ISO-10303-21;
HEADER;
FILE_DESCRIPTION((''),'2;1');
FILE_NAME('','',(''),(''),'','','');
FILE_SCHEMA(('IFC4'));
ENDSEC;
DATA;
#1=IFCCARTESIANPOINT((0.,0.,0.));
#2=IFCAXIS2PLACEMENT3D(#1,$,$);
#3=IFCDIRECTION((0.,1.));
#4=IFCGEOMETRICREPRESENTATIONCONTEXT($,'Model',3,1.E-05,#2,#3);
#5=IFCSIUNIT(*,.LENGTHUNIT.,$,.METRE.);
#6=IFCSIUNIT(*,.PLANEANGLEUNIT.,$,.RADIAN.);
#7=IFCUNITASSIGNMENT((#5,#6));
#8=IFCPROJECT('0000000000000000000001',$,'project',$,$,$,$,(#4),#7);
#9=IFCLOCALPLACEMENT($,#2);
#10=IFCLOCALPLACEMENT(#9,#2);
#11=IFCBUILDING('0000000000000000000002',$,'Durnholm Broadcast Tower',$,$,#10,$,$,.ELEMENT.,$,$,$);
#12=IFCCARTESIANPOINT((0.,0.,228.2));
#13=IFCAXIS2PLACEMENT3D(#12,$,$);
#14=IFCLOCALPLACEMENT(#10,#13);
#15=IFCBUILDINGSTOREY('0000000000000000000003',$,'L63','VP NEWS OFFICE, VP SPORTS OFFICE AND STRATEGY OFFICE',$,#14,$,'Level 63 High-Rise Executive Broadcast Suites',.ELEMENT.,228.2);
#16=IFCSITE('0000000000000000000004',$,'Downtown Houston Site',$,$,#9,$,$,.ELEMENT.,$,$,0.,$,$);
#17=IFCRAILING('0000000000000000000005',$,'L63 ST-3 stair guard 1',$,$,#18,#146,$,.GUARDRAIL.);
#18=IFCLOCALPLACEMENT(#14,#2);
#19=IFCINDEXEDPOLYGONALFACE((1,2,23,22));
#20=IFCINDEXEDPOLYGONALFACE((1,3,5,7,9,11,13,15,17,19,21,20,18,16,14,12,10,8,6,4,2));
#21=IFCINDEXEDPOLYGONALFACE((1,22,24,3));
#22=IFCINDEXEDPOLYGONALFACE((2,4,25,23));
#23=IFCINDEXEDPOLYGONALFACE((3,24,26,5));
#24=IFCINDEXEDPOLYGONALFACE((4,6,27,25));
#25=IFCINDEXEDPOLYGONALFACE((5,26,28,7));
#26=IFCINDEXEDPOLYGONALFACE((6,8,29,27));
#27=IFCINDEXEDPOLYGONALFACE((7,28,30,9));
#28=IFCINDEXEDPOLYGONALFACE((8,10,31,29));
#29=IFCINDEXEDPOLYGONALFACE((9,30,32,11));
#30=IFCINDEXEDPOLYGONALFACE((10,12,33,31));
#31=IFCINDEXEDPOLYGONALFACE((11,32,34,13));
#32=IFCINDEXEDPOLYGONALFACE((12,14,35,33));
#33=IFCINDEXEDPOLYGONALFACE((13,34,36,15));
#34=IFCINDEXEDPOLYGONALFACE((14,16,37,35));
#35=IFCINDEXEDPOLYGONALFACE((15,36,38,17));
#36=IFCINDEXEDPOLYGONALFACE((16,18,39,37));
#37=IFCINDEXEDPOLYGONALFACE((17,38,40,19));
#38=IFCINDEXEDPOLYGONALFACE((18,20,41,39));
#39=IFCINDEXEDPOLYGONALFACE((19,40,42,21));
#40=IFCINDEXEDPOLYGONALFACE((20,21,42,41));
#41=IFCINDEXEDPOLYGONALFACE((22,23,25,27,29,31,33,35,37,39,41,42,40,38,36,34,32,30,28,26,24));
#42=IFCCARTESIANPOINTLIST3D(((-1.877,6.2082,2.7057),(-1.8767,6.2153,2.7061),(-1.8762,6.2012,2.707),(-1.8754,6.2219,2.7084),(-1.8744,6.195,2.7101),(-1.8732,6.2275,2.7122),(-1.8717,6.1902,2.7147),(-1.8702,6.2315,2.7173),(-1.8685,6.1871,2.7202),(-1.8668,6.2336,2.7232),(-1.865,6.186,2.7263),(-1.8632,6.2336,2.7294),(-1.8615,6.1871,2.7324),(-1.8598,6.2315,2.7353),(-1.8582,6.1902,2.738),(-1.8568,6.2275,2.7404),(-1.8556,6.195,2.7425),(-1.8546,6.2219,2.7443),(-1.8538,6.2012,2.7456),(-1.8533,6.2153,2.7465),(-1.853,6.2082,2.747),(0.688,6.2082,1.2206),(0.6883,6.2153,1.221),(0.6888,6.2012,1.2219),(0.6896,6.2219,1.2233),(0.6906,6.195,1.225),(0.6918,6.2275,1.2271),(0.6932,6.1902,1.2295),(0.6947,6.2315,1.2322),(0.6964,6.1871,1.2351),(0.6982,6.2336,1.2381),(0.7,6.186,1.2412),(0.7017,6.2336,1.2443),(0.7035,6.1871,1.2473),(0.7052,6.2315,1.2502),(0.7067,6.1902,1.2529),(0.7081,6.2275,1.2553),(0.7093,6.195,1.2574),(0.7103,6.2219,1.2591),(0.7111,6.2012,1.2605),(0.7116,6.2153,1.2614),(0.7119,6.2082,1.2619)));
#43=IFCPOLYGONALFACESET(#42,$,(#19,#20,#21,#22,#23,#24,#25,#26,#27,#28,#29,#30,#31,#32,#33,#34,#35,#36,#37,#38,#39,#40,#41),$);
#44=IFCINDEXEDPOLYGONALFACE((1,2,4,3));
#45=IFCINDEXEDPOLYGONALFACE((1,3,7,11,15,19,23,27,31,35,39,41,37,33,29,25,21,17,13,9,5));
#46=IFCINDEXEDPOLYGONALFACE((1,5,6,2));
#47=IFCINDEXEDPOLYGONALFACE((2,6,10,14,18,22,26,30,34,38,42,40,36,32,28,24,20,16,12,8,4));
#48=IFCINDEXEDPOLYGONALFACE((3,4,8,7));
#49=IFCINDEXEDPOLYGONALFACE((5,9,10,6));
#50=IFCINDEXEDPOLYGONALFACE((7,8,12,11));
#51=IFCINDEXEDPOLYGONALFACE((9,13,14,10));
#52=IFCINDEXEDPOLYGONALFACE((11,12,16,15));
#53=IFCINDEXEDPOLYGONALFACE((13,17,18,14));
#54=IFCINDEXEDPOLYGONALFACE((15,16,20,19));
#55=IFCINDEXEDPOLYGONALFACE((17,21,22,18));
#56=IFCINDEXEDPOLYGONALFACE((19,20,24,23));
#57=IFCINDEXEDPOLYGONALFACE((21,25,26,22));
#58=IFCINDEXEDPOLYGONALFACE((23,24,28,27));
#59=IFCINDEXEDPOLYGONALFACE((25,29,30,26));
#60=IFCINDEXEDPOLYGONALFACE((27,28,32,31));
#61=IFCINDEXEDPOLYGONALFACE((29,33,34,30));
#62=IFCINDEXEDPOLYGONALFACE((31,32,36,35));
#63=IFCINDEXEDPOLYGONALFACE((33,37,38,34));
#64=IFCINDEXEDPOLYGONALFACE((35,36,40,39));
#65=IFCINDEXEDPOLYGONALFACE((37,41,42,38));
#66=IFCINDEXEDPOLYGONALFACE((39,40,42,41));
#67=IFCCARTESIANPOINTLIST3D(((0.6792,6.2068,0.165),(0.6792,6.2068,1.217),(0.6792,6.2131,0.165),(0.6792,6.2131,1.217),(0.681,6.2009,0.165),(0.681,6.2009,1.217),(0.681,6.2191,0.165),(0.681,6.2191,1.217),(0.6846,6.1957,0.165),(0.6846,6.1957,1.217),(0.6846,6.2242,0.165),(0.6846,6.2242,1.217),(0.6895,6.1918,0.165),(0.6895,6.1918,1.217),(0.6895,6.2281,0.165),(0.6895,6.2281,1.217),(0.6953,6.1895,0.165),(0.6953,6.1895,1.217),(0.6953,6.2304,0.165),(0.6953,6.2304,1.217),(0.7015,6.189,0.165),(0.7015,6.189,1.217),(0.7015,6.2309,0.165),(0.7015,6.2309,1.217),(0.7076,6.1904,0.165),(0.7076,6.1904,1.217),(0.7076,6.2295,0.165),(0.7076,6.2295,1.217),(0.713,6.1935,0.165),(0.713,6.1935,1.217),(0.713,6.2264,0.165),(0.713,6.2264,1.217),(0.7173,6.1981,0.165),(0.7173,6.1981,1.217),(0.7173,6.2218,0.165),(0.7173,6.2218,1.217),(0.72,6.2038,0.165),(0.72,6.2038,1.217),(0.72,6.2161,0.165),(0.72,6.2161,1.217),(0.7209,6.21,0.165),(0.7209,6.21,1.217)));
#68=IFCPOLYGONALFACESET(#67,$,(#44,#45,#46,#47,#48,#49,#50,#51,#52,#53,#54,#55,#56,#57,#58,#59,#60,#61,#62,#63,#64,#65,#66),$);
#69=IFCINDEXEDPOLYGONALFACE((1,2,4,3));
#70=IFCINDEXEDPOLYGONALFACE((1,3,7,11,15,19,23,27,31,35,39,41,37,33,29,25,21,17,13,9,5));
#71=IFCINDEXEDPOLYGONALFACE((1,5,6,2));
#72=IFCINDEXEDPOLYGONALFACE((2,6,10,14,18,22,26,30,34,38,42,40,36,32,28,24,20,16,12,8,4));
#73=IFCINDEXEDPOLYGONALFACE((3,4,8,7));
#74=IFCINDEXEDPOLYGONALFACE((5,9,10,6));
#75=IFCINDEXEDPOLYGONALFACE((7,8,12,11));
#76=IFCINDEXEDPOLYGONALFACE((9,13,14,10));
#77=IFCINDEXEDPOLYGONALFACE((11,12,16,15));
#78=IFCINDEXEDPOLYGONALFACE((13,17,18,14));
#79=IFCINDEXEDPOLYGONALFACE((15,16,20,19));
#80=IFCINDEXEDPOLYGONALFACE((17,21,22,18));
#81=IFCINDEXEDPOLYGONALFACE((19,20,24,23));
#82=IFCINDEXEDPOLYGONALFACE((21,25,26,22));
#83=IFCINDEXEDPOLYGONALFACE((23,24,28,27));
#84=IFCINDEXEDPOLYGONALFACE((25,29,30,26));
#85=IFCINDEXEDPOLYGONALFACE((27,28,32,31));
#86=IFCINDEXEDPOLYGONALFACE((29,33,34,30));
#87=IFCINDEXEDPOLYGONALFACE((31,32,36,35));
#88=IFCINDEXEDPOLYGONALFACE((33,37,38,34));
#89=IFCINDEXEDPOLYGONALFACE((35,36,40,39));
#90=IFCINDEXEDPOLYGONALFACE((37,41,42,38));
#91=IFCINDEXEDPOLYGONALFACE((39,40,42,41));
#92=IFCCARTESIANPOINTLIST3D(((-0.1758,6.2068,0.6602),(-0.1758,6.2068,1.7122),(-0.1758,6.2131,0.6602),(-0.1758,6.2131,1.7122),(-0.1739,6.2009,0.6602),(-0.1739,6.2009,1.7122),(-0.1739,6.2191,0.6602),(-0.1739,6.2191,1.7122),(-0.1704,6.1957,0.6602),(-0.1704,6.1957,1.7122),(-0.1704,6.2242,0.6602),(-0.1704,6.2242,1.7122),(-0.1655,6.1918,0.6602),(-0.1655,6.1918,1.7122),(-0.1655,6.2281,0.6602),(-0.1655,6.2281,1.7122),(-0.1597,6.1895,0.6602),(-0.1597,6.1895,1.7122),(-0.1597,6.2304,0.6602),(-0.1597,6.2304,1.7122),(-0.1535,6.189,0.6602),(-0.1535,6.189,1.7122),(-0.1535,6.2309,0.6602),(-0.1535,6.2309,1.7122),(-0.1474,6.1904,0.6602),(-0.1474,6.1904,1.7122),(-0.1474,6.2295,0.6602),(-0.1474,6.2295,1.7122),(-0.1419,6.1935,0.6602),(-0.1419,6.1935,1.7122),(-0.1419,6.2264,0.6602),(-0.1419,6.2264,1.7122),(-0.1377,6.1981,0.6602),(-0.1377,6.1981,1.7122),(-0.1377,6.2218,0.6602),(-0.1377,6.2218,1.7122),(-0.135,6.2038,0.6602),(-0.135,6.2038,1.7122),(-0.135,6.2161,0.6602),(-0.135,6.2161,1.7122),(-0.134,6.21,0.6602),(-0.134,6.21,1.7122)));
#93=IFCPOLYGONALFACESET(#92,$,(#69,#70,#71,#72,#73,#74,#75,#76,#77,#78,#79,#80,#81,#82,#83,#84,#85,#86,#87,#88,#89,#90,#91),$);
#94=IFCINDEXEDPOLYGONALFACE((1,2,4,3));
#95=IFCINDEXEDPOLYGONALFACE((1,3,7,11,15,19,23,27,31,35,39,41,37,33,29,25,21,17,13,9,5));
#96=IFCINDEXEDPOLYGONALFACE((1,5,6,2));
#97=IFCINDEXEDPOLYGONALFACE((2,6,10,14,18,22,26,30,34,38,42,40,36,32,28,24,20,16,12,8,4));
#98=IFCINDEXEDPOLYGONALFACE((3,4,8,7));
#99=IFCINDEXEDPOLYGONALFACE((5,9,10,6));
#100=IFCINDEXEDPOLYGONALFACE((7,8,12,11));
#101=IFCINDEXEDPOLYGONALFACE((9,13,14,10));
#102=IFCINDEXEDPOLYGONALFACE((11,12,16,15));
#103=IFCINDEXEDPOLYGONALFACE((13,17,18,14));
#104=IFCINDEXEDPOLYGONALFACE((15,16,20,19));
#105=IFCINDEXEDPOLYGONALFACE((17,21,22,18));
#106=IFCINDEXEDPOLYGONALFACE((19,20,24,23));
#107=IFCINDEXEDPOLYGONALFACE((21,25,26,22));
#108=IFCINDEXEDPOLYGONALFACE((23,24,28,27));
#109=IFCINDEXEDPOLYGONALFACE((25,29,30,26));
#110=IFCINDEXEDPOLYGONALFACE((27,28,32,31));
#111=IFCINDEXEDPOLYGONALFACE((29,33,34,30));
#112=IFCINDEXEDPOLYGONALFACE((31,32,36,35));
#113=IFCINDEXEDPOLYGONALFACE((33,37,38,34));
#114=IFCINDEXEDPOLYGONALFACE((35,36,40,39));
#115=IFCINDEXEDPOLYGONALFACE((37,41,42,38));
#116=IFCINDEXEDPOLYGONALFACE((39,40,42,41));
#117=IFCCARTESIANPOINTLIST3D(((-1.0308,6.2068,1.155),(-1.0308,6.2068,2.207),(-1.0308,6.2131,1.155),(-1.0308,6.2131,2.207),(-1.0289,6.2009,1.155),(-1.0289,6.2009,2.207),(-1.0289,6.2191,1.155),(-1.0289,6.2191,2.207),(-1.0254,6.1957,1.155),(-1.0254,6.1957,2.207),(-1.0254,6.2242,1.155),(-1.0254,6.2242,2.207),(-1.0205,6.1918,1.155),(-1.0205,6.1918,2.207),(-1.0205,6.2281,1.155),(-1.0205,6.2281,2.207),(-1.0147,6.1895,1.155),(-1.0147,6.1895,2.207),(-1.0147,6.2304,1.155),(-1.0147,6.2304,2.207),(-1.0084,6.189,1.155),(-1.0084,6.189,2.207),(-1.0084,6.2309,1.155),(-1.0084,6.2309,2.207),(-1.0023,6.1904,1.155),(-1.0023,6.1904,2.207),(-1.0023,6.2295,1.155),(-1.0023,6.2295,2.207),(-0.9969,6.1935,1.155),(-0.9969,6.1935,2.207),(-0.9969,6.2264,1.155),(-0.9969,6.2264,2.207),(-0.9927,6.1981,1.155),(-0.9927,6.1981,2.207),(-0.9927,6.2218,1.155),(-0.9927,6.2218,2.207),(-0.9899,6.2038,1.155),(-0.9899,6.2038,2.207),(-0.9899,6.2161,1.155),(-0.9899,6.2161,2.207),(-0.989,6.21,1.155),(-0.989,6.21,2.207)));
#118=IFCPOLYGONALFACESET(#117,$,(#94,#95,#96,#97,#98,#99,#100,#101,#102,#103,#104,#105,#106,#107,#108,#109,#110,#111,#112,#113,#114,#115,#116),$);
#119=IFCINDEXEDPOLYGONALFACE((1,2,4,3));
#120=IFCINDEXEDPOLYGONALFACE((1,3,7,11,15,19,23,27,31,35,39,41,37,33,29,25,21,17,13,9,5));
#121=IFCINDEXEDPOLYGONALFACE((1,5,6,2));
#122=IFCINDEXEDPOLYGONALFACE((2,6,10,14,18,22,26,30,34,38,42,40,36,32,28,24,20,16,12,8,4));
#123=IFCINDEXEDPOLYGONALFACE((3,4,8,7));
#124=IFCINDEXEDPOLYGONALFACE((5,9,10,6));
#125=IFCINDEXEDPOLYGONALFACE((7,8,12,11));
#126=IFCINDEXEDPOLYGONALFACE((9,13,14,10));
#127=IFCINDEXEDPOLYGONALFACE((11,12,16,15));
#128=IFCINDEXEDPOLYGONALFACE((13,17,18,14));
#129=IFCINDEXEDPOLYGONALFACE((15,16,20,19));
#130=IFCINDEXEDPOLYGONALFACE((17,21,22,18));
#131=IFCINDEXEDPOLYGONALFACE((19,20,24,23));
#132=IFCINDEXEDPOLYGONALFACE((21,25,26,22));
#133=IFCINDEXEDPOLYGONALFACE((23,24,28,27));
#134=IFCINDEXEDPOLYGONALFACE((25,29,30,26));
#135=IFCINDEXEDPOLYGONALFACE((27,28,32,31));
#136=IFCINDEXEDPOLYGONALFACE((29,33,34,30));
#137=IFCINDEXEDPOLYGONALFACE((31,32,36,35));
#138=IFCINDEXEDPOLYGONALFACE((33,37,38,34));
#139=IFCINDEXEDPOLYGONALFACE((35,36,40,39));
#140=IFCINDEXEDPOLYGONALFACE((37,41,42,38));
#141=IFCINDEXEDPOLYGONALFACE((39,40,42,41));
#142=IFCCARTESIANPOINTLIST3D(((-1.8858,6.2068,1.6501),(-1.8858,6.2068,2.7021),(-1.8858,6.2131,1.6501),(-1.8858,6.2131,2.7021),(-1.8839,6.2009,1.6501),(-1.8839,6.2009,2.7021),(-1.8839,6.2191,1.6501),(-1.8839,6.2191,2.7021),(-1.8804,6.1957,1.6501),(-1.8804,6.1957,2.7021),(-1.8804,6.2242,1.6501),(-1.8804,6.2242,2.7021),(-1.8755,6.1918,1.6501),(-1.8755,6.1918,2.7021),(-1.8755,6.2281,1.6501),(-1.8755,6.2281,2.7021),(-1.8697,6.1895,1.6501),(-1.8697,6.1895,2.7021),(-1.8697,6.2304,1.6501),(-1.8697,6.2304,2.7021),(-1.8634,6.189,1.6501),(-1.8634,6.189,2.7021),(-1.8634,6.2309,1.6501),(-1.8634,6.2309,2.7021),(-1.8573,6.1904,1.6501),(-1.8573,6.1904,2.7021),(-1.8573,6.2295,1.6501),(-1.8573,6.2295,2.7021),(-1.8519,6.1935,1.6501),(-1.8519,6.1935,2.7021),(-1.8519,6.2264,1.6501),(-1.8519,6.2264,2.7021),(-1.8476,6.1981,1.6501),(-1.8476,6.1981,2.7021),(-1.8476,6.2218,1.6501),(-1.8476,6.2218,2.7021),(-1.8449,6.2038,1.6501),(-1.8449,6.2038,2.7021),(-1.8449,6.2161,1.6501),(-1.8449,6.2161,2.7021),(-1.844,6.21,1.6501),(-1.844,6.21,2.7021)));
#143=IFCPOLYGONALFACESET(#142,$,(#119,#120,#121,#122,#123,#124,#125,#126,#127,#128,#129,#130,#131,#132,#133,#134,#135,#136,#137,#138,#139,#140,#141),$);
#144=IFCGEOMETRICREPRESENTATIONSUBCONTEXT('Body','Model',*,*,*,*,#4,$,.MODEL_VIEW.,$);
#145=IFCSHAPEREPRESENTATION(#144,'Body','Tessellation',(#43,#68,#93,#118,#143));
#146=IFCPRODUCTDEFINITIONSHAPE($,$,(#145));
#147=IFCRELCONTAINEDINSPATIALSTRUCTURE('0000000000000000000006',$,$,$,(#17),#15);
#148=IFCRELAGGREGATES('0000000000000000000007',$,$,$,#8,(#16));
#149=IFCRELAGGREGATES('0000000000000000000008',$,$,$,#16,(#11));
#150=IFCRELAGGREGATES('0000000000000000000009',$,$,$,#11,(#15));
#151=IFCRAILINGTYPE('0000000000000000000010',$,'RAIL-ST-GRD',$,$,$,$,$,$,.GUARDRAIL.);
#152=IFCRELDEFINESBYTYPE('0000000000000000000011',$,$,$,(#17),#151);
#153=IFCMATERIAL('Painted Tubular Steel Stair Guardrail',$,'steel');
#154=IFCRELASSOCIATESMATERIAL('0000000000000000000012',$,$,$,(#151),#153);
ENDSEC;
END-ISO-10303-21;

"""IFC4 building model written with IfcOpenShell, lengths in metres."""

from ifc_helpers import new_model, si_unit, direction, frame, origin, origin_2d, place, context, subcontext, project, spatial, circle, extrude, material, type_object, element, save


model = new_model("IFC4")

# Units and contexts
model_context = context("Model", 3, precision=1e-05, world=origin(), true_north=direction((0.0, 1.0)))
body_context = subcontext(model_context, "Body", "Model", "MODEL_VIEW")
ifc_project = project(units=[si_unit("LENGTHUNIT", "METRE"), si_unit("PLANEANGLEUNIT", "RADIAN")], contexts=[model_context])

# Site, building, storey
site_placement = place(None, origin())
site = spatial("IfcSite", under=ifc_project, at=site_placement, Name="Downtown Houston Site", CompositionType="ELEMENT", RefElevation=0.0)
building_placement = place(site_placement, origin())
building = spatial("IfcBuilding", under=site, at=building_placement, Name="Durnholm Broadcast Tower", CompositionType="ELEMENT")
storey_placement = place(building_placement, frame((0.0, 0.0, 228.2)))
storey = spatial("IfcBuildingStorey", under=building, at=storey_placement, Name="L63", Description="VP NEWS OFFICE, VP SPORTS OFFICE AND STRATEGY OFFICE", LongName="Level 63 High-Rise Executive Broadcast Suites", CompositionType="ELEMENT", Elevation=228.2)

# Railing
ifc_material_1 = material(Name="Painted Tubular Steel Stair Guardrail", Category="steel")
railing_type_1 = type_object("IfcRailingType", Name="RAIL-ST-GRD", PredefinedType="GUARDRAIL", material=ifc_material_1)
railing_1_placement = place(storey_placement, frame((0.7, 6.21, 0.165)))
element("IfcRailing", 1, at=railing_1_placement, inside=storey, type_object=railing_type_1, Name="L63 ST-3 stair guard 1", PredefinedType="GUARDRAIL", context=body_context, shape_type="SweptSolid", body=[
    extrude(circle(Radius=0.0239, at=origin_2d()), frame((0.0, 0.0, 1.0762), z_axis=(-0.865406, 0.0, 0.501072), x_axis=(0.0, -1.0, 0.0)), (0.0, 0.0, 1.0), 2.9639),
    extrude(circle(Radius=0.021, at=origin_2d()), origin(), (0.0, 0.0, 1.0), 1.052),
    extrude(circle(Radius=0.021, at=origin_2d()), frame((-0.855, 0.0, 0.4951)), (0.0, 0.0, 1.0), 1.052),
    extrude(circle(Radius=0.021, at=origin_2d()), frame((-1.71, 0.0, 0.99)), (0.0, 0.0, 1.0), 1.052),
    extrude(circle(Radius=0.021, at=origin_2d()), frame((-2.5649, 0.0, 1.4851)), (0.0, 0.0, 1.0), 1.052),
])

save(model, "model.ifc")
